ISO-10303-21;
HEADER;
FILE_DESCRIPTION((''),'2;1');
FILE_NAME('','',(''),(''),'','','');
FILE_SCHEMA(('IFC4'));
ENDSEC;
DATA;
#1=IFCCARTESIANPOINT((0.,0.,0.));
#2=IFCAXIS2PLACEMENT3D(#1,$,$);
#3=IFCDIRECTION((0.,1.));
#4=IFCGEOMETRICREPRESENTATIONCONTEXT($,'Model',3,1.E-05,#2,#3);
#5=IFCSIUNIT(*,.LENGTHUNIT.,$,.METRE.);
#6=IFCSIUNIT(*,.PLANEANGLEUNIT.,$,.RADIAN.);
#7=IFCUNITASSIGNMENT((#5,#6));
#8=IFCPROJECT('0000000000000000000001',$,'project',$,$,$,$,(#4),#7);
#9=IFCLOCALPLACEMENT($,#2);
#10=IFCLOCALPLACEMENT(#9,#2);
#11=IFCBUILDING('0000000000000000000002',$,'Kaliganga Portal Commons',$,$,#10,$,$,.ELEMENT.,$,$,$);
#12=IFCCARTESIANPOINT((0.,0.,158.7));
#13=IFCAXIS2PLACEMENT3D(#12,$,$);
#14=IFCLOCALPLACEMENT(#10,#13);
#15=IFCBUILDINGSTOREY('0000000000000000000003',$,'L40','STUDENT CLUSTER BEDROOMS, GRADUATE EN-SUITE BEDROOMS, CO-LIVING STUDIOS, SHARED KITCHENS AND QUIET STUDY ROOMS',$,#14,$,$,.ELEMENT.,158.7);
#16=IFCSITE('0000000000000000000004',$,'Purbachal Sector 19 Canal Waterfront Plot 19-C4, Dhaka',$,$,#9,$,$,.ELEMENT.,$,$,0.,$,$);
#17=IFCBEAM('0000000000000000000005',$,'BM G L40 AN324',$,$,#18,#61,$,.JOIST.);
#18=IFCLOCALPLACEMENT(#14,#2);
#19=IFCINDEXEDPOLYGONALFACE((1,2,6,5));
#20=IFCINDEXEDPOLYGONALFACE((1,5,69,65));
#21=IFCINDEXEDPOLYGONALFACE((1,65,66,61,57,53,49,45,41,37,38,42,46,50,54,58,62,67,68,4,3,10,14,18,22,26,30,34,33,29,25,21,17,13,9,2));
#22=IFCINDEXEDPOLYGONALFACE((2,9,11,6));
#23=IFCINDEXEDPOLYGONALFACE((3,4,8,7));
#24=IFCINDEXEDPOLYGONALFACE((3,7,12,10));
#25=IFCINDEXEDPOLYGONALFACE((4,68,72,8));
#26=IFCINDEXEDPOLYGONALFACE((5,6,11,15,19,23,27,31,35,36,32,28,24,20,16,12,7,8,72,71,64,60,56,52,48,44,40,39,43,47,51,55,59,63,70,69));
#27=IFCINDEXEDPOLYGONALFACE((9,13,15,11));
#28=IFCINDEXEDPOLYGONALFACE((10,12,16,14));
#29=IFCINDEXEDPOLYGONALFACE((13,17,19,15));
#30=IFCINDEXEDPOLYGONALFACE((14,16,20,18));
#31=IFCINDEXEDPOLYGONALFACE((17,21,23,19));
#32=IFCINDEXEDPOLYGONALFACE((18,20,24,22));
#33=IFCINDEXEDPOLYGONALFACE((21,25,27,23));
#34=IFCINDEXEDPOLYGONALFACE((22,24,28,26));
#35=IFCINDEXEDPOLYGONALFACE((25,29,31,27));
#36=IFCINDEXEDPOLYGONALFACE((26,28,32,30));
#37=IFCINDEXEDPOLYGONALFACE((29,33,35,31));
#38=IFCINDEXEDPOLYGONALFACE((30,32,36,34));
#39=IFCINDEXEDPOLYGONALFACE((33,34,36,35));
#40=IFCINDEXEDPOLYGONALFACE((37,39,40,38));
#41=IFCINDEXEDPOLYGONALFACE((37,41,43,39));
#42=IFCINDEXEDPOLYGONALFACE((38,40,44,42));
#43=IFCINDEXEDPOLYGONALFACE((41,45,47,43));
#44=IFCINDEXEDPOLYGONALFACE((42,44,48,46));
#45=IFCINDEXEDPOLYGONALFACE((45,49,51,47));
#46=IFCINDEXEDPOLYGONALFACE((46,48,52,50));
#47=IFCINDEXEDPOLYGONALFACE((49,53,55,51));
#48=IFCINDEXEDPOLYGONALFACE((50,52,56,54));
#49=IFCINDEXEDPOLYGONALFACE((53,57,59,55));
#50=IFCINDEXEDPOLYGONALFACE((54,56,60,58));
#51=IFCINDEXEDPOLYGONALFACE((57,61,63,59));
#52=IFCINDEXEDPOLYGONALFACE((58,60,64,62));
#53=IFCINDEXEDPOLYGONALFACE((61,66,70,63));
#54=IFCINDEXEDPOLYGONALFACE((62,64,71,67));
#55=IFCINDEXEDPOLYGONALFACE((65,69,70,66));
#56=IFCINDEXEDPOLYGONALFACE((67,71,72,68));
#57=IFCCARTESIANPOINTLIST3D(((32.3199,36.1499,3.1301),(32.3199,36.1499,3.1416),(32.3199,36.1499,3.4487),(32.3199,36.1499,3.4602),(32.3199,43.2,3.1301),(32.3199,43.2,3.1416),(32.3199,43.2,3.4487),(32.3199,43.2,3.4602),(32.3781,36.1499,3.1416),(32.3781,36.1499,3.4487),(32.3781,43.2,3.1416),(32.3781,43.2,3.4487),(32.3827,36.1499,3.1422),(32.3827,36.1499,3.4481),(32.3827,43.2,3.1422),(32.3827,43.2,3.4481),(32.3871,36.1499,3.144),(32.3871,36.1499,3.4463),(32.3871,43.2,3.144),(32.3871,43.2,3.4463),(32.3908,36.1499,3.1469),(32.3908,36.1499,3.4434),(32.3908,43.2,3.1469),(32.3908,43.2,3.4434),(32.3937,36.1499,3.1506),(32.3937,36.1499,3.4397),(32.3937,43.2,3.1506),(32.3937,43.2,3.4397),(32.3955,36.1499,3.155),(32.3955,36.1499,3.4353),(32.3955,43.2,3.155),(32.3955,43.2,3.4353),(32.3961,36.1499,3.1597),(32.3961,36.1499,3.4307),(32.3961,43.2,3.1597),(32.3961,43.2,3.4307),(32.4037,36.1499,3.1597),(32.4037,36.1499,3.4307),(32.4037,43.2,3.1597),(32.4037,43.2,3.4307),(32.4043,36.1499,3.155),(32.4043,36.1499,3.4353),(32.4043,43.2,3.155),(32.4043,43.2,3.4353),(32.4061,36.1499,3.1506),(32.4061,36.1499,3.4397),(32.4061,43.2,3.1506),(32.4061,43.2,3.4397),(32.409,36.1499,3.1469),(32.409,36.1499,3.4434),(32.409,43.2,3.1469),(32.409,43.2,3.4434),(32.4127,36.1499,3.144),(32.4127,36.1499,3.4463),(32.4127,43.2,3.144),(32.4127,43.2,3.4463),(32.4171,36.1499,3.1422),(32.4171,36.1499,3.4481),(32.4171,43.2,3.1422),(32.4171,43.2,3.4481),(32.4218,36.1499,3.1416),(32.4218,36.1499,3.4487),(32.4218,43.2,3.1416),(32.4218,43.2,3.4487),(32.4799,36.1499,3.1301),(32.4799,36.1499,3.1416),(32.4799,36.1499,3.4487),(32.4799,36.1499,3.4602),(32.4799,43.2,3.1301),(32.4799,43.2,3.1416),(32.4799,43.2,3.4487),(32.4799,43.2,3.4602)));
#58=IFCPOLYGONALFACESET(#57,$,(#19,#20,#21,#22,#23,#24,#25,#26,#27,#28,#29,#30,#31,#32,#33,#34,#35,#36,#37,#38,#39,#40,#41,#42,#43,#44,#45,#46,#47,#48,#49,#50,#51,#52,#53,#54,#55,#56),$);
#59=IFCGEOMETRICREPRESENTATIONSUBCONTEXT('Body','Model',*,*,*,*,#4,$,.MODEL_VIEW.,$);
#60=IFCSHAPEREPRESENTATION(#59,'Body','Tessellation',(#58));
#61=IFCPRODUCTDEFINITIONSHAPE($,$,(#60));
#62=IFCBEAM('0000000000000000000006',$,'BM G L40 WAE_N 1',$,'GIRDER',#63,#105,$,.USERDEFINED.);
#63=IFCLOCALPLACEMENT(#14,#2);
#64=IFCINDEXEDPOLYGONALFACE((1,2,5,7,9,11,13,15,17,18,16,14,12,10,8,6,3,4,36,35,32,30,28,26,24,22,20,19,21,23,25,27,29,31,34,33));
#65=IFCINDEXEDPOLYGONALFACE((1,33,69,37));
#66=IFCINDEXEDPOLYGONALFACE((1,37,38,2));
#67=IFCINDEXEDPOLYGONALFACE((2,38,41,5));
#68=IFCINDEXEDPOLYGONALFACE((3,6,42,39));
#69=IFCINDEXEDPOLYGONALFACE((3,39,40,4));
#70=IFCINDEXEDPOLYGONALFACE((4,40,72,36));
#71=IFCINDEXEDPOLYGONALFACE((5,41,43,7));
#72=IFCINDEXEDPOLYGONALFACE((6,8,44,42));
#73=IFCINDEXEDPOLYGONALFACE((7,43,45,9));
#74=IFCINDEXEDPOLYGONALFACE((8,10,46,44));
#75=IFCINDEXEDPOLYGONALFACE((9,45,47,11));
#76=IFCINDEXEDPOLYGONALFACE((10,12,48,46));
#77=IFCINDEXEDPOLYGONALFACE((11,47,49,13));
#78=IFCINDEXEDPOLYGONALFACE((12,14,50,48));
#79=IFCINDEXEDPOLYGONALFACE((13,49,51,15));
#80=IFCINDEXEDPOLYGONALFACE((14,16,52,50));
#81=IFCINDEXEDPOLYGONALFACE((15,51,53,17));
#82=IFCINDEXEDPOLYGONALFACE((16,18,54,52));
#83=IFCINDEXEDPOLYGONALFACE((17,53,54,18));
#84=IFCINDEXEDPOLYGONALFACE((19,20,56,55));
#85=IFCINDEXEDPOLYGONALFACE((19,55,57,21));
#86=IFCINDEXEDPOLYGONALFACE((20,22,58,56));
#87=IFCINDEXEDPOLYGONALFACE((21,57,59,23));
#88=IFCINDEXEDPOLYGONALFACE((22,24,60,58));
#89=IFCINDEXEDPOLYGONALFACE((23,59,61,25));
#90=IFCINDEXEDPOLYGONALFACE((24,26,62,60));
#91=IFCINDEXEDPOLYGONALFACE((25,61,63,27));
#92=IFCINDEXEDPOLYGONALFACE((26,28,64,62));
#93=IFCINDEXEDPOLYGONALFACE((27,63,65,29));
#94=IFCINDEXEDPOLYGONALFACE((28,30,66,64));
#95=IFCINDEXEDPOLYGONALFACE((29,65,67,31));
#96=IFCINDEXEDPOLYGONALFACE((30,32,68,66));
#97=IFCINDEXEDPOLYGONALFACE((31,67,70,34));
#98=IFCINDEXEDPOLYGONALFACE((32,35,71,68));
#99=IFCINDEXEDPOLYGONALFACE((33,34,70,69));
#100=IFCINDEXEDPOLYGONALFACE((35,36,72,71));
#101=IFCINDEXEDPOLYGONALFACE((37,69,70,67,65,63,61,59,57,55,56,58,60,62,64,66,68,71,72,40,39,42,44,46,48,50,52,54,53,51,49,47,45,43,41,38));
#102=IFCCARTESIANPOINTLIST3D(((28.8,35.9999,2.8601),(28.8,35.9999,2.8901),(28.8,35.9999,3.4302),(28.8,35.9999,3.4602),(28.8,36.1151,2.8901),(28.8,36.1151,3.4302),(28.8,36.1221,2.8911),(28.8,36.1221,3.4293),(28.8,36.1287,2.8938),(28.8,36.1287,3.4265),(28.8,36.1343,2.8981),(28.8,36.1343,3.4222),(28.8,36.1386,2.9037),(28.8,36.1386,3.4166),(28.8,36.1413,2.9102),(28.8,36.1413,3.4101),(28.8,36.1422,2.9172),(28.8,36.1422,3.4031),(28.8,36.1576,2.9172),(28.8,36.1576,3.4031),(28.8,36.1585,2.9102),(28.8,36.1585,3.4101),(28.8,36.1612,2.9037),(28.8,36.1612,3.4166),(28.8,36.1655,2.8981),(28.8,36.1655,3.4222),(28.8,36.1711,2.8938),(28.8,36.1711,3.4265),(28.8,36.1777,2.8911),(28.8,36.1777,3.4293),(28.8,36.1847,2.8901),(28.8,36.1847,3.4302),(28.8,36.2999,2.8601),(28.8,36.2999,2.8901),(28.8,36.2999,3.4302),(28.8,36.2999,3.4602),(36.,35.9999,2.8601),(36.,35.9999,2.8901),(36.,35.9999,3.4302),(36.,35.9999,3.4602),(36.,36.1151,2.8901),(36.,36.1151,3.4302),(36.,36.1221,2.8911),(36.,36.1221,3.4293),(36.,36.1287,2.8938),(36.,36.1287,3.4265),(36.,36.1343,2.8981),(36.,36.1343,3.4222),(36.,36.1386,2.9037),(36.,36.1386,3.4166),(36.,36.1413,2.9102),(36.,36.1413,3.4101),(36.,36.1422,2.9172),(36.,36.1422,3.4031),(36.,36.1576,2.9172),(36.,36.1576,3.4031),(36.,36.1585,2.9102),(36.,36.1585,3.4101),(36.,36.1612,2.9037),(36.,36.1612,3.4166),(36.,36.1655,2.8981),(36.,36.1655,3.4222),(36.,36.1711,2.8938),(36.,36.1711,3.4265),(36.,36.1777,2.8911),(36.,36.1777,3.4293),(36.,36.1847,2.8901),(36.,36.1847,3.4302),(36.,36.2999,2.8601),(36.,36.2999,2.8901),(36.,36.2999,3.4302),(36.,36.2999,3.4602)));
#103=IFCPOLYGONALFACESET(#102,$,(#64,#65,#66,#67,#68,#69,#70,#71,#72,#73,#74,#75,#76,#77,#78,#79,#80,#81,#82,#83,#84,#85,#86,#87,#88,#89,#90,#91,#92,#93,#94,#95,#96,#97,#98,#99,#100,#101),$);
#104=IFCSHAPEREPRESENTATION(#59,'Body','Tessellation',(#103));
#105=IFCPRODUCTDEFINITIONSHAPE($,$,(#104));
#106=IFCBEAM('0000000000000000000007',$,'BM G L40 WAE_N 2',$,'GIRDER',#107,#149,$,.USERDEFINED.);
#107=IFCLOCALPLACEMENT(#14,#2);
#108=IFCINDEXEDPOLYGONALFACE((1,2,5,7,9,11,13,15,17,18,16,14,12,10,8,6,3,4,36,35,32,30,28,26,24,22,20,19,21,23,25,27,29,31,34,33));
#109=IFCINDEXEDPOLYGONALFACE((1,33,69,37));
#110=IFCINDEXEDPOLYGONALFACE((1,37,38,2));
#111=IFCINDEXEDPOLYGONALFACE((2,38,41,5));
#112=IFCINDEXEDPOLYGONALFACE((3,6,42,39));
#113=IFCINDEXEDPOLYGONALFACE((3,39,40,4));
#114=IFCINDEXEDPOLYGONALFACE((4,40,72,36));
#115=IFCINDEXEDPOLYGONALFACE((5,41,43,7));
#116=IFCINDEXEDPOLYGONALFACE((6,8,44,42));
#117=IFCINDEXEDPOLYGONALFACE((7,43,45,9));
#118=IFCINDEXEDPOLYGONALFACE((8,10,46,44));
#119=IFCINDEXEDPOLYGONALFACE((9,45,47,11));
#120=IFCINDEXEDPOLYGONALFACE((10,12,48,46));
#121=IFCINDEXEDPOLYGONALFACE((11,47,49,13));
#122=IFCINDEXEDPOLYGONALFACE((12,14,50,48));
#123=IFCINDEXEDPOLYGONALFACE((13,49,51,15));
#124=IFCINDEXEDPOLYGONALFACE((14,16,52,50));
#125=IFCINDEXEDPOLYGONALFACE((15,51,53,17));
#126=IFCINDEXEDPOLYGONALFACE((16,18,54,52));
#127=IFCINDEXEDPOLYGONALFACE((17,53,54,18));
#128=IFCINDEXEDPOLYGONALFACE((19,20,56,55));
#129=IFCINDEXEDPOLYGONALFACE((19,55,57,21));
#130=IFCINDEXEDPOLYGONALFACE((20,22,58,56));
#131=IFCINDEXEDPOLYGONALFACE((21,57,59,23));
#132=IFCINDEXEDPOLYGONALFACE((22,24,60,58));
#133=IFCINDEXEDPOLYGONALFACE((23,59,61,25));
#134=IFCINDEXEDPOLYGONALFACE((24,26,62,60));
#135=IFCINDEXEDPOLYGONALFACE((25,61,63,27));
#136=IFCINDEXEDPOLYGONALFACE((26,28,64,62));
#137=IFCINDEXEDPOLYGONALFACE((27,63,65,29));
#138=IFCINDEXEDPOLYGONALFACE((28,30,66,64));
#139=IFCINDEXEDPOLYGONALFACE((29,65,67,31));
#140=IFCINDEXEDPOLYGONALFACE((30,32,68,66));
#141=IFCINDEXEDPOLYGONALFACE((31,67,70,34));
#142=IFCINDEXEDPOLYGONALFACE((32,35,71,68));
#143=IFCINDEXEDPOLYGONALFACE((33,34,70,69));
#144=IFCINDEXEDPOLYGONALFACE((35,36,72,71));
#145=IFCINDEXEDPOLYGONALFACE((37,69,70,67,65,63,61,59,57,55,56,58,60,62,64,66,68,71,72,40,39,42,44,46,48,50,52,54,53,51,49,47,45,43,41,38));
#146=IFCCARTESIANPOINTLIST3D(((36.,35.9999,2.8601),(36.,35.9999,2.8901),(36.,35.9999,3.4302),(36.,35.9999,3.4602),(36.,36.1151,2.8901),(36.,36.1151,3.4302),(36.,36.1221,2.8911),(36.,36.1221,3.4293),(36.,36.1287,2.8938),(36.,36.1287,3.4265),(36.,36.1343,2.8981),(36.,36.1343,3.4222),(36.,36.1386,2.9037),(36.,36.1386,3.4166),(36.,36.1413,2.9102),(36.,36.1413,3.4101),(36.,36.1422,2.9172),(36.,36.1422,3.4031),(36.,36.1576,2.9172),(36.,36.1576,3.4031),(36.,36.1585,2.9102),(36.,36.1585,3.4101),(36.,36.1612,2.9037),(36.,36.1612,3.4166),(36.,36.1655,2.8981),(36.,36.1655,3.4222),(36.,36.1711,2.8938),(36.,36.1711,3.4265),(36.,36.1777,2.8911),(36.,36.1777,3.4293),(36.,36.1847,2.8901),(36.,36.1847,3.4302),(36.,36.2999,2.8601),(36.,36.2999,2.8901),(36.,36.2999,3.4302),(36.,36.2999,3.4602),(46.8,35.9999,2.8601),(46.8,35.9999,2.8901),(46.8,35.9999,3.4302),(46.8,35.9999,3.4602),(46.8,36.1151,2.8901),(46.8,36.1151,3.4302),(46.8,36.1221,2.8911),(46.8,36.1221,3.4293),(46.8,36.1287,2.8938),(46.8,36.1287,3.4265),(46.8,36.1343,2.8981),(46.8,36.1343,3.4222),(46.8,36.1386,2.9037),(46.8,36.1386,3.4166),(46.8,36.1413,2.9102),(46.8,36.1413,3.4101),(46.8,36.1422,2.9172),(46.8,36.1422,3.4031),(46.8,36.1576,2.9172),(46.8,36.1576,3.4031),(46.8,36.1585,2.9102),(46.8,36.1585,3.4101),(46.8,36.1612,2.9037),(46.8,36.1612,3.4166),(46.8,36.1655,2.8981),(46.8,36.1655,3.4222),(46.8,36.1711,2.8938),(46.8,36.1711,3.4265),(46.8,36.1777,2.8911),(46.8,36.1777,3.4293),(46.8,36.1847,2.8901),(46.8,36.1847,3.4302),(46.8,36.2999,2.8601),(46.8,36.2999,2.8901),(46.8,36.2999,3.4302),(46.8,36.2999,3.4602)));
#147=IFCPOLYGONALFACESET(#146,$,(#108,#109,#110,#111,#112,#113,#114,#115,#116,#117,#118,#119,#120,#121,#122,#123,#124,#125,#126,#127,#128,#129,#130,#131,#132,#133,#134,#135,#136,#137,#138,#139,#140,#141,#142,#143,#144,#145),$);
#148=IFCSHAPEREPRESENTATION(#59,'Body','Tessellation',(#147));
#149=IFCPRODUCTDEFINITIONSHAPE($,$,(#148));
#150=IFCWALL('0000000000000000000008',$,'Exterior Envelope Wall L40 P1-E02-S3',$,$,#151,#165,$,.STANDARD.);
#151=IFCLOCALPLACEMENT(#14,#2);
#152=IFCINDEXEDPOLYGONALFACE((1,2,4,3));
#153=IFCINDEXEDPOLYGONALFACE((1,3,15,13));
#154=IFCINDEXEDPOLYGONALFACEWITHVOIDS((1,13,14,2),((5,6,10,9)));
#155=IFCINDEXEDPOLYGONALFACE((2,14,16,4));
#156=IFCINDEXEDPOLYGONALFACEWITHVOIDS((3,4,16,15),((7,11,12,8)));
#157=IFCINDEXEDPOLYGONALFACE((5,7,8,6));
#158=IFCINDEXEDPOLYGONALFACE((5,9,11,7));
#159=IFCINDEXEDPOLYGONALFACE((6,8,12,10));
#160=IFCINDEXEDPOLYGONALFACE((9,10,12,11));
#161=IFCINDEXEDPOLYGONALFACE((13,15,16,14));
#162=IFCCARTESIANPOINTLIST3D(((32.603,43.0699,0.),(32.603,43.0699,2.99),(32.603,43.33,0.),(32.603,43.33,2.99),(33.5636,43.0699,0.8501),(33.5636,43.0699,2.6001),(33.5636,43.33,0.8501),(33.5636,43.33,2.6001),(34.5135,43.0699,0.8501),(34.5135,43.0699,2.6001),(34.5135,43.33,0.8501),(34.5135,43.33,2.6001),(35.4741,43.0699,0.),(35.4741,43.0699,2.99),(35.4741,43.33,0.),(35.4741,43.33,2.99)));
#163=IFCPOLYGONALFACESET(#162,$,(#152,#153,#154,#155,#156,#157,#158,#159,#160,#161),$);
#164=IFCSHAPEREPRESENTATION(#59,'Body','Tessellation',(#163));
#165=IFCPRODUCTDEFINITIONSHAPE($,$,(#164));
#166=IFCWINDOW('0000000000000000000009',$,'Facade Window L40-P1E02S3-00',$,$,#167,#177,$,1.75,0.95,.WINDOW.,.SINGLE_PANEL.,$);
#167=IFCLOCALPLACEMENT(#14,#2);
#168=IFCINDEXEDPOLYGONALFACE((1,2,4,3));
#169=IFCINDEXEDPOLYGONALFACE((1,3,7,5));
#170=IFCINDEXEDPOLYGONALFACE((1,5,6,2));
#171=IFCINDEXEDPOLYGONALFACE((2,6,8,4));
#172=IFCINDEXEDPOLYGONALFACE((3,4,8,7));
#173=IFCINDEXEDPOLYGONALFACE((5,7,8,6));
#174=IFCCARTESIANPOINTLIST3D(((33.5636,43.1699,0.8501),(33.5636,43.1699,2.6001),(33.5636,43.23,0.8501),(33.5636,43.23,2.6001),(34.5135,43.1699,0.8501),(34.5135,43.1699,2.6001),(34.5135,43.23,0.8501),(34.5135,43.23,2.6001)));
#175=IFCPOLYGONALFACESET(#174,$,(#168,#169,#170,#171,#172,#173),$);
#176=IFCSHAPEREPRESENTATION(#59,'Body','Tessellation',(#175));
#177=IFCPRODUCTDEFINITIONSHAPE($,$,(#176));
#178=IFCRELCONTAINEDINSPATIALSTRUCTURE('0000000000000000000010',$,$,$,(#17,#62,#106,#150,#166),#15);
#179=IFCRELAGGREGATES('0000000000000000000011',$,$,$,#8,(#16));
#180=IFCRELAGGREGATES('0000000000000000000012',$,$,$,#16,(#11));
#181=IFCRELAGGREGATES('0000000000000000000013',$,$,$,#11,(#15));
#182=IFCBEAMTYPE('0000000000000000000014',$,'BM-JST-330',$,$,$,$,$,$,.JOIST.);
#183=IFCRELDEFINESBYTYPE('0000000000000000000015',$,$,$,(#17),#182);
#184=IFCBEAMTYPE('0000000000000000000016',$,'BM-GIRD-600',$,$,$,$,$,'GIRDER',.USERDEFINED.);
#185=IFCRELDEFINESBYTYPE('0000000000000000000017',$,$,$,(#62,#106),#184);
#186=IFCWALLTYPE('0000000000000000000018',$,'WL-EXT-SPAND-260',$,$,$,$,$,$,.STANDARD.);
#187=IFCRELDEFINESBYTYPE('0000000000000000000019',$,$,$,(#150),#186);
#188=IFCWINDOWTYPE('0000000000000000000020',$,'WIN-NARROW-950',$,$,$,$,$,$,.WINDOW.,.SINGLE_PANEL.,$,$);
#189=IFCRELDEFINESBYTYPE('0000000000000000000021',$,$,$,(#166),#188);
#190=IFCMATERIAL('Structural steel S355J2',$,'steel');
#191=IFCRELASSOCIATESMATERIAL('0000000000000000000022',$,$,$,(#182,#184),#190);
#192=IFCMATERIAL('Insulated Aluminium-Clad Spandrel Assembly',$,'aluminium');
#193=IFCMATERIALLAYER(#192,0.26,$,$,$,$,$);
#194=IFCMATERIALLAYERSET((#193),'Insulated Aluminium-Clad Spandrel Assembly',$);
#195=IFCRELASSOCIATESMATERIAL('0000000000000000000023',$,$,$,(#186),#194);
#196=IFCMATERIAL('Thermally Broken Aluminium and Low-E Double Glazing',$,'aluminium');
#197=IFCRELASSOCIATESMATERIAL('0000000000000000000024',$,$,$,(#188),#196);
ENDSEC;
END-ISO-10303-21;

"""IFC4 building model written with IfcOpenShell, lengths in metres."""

from ifc_helpers import new_model, si_unit, direction, frame, frame_2d, origin, origin_2d, place, context, subcontext, project, spatial, rectangle, i_section, extrude, source, transform, mapped, material, layer, layer_set, material_profile, profile_set, type_object, element, fill, save


model = new_model("IFC4")

# Units and contexts
model_context = context("Model", 3, precision=1e-05, world=origin(), true_north=direction((0.0, 1.0)))
body_context = subcontext(model_context, "Body", "Model", "MODEL_VIEW")
ifc_project = project(units=[si_unit("LENGTHUNIT", "METRE"), si_unit("PLANEANGLEUNIT", "RADIAN")], contexts=[model_context])

# Site, building, storey
site_placement = place(None, origin())
site = spatial("IfcSite", under=ifc_project, at=site_placement, Name="Purbachal Sector 19 Canal Waterfront Plot 19-C4, Dhaka", CompositionType="ELEMENT", RefElevation=0.0)
building_placement = place(site_placement, origin())
building = spatial("IfcBuilding", under=site, at=building_placement, Name="Kaliganga Portal Commons", CompositionType="ELEMENT")
storey_placement = place(building_placement, frame((0.0, 0.0, 158.7)))
storey = spatial("IfcBuildingStorey", under=building, at=storey_placement, Name="L40", Description="STUDENT CLUSTER BEDROOMS, GRADUATE EN-SUITE BEDROOMS, CO-LIVING STUDIOS, SHARED KITCHENS AND QUIET STUDY ROOMS", CompositionType="ELEMENT", Elevation=158.7)

# Beams
ifc_material_1 = material(Name="Structural steel S355J2", Category="steel")
ifc_material_profile_1 = material_profile(ifc_material_1, i_section(OverallWidth=0.1599, OverallDepth=0.3301, WebThickness=0.0076, FlangeThickness=0.0115, FilletRadius=0.0181, at=origin_2d()), Name="IPE 330")
ifc_profile_set_1 = profile_set([ifc_material_profile_1], Name="Structural steel S355J2 wide-flange")
beam_type_1 = type_object("IfcBeamType", Name="BM-JST-330", PredefinedType="JOIST", material=ifc_profile_set_1)
shared_shape_1 = source(origin(), body_context, "Body", "SweptSolid", [
    extrude(i_section(OverallWidth=0.1599, OverallDepth=0.3301, WebThickness=0.0076, FlangeThickness=0.0115, FilletRadius=0.0181, at=origin_2d()), origin(), (0.0, 0.0, 1.0), 7.05),
])
beam_1_placement = place(storey_placement, frame((32.3999, 36.1499, 3.2952), z_axis=(0.0, 1.0, 0.0), x_axis=(-1.0, 0.0, 0.0)))
element("IfcBeam", 1, at=beam_1_placement, inside=storey, type_object=beam_type_1, Name="BM G L40 AN324", PredefinedType="JOIST", context=body_context, shape_type="MappedRepresentation", body=[
    mapped(shared_shape_1, transform((0.0, 0.0, 0.0), x_axis=(1.0, 0.0, 0.0), y_axis=(0.0, 1.0, 0.0), z_axis=(0.0, 0.0, 1.0), scale=1.0)),
])
ifc_material_profile_2 = material_profile(ifc_material_1, i_section(OverallWidth=0.3, OverallDepth=0.6001, WebThickness=0.0154, FlangeThickness=0.03, FilletRadius=0.0271, at=origin_2d()), Name="HE 600 B")
ifc_profile_set_2 = profile_set([ifc_material_profile_2], Name="Structural steel S355J2 wide-flange")
beam_type_2 = type_object("IfcBeamType", Name="BM-GIRD-600", ElementType="GIRDER", PredefinedType="USERDEFINED", material=ifc_profile_set_2)
shared_shape_2 = source(origin(), body_context, "Body", "SweptSolid", [
    extrude(i_section(OverallWidth=0.3, OverallDepth=0.6001, WebThickness=0.0154, FlangeThickness=0.03, FilletRadius=0.0271, at=origin_2d()), origin(), (0.0, 0.0, 1.0), 7.2),
])
beam_2_placement = place(storey_placement, frame((28.8, 36.1499, 3.1602), z_axis=(1.0, 0.0, 0.0), x_axis=(0.0, 1.0, 0.0)))
element("IfcBeam", 2, at=beam_2_placement, inside=storey, type_object=beam_type_2, Name="BM G L40 WAE_N 1", ObjectType="GIRDER", PredefinedType="USERDEFINED", context=body_context, shape_type="MappedRepresentation", body=[
    mapped(shared_shape_2, transform((0.0, 0.0, 0.0), x_axis=(1.0, 0.0, 0.0), y_axis=(0.0, 1.0, 0.0), z_axis=(0.0, 0.0, 1.0), scale=1.0)),
])
shared_shape_3 = source(origin(), body_context, "Body", "SweptSolid", [
    extrude(i_section(OverallWidth=0.3, OverallDepth=0.6001, WebThickness=0.0154, FlangeThickness=0.03, FilletRadius=0.0271, at=origin_2d()), origin(), (0.0, 0.0, 1.0), 10.8),
])
beam_3_placement = place(storey_placement, frame((36.0, 36.1499, 3.1602), z_axis=(1.0, 0.0, 0.0), x_axis=(0.0, 1.0, 0.0)))
element("IfcBeam", 3, at=beam_3_placement, inside=storey, type_object=beam_type_2, Name="BM G L40 WAE_N 2", ObjectType="GIRDER", PredefinedType="USERDEFINED", context=body_context, shape_type="MappedRepresentation", body=[
    mapped(shared_shape_3, transform((0.0, 0.0, 0.0), x_axis=(1.0, 0.0, 0.0), y_axis=(0.0, 1.0, 0.0), z_axis=(0.0, 0.0, 1.0), scale=1.0)),
])

# Wall, opening, window
ifc_material_2 = material(Name="Insulated Aluminium-Clad Spandrel Assembly", Category="aluminium")
ifc_layer_1 = layer(ifc_material_2, 0.26)
ifc_layer_set_1 = layer_set([ifc_layer_1], Name="Insulated Aluminium-Clad Spandrel Assembly")
wall_type_1 = type_object("IfcWallType", Name="WL-EXT-SPAND-260", PredefinedType="STANDARD", material=ifc_layer_set_1)
wall_1_placement = place(storey_placement, frame((32.603, 43.2, 0.0), z_axis=(0.0, 0.0, 1.0), x_axis=(1.0, 0.0, 0.0)))
wall_1 = element("IfcWall", 4, at=wall_1_placement, inside=storey, type_object=wall_type_1, Name="Exterior Envelope Wall L40 P1-E02-S3", PredefinedType="STANDARD", context=body_context, shape_type="SweptSolid", body=[
    extrude(rectangle(XDim=2.8711, YDim=0.26, at=frame_2d((1.4355, 0.0))), origin(), (0.0, 0.0, 1.0), 2.99),
])
opening_1_placement = place(wall_1_placement, frame((0.9604, 0.0, 0.8501)))
opening_1 = element("IfcOpeningElement", 5, at=opening_1_placement, cuts=wall_1, PredefinedType="OPENING", context=body_context, shape_type="SweptSolid", body=[
    extrude(rectangle(XDim=0.95, YDim=1.75, at=frame_2d((0.4751, 0.875))), frame((0.0, 0.1401, 0.0), z_axis=(0.0, -1.0, 0.0), x_axis=(1.0, 0.0, 0.0)), (0.0, 0.0, 1.0), 0.28),
])
ifc_material_3 = material(Name="Thermally Broken Aluminium and Low-E Double Glazing", Category="aluminium")
window_type = type_object("IfcWindowType", Name="WIN-NARROW-950", PartitioningType="SINGLE_PANEL", PredefinedType="WINDOW", material=ifc_material_3)
window_1_placement = place(opening_1_placement, origin())
window_1 = element("IfcWindow", 6, at=window_1_placement, inside=storey, type_object=window_type, Name="Facade Window L40-P1E02S3-00", OverallHeight=1.75, OverallWidth=0.95, PartitioningType="SINGLE_PANEL", PredefinedType="WINDOW", context=body_context, shape_type="SweptSolid", body=[
    extrude(rectangle(XDim=0.95, YDim=1.75, at=frame_2d((0.4751, 0.875))), frame((0.0, 0.03, 0.0), z_axis=(0.0, -1.0, 0.0), x_axis=(1.0, 0.0, 0.0)), (0.0, 0.0, 1.0), 0.0601),
])
fill(opening_1, window_1)

save(model, "model.ifc")
